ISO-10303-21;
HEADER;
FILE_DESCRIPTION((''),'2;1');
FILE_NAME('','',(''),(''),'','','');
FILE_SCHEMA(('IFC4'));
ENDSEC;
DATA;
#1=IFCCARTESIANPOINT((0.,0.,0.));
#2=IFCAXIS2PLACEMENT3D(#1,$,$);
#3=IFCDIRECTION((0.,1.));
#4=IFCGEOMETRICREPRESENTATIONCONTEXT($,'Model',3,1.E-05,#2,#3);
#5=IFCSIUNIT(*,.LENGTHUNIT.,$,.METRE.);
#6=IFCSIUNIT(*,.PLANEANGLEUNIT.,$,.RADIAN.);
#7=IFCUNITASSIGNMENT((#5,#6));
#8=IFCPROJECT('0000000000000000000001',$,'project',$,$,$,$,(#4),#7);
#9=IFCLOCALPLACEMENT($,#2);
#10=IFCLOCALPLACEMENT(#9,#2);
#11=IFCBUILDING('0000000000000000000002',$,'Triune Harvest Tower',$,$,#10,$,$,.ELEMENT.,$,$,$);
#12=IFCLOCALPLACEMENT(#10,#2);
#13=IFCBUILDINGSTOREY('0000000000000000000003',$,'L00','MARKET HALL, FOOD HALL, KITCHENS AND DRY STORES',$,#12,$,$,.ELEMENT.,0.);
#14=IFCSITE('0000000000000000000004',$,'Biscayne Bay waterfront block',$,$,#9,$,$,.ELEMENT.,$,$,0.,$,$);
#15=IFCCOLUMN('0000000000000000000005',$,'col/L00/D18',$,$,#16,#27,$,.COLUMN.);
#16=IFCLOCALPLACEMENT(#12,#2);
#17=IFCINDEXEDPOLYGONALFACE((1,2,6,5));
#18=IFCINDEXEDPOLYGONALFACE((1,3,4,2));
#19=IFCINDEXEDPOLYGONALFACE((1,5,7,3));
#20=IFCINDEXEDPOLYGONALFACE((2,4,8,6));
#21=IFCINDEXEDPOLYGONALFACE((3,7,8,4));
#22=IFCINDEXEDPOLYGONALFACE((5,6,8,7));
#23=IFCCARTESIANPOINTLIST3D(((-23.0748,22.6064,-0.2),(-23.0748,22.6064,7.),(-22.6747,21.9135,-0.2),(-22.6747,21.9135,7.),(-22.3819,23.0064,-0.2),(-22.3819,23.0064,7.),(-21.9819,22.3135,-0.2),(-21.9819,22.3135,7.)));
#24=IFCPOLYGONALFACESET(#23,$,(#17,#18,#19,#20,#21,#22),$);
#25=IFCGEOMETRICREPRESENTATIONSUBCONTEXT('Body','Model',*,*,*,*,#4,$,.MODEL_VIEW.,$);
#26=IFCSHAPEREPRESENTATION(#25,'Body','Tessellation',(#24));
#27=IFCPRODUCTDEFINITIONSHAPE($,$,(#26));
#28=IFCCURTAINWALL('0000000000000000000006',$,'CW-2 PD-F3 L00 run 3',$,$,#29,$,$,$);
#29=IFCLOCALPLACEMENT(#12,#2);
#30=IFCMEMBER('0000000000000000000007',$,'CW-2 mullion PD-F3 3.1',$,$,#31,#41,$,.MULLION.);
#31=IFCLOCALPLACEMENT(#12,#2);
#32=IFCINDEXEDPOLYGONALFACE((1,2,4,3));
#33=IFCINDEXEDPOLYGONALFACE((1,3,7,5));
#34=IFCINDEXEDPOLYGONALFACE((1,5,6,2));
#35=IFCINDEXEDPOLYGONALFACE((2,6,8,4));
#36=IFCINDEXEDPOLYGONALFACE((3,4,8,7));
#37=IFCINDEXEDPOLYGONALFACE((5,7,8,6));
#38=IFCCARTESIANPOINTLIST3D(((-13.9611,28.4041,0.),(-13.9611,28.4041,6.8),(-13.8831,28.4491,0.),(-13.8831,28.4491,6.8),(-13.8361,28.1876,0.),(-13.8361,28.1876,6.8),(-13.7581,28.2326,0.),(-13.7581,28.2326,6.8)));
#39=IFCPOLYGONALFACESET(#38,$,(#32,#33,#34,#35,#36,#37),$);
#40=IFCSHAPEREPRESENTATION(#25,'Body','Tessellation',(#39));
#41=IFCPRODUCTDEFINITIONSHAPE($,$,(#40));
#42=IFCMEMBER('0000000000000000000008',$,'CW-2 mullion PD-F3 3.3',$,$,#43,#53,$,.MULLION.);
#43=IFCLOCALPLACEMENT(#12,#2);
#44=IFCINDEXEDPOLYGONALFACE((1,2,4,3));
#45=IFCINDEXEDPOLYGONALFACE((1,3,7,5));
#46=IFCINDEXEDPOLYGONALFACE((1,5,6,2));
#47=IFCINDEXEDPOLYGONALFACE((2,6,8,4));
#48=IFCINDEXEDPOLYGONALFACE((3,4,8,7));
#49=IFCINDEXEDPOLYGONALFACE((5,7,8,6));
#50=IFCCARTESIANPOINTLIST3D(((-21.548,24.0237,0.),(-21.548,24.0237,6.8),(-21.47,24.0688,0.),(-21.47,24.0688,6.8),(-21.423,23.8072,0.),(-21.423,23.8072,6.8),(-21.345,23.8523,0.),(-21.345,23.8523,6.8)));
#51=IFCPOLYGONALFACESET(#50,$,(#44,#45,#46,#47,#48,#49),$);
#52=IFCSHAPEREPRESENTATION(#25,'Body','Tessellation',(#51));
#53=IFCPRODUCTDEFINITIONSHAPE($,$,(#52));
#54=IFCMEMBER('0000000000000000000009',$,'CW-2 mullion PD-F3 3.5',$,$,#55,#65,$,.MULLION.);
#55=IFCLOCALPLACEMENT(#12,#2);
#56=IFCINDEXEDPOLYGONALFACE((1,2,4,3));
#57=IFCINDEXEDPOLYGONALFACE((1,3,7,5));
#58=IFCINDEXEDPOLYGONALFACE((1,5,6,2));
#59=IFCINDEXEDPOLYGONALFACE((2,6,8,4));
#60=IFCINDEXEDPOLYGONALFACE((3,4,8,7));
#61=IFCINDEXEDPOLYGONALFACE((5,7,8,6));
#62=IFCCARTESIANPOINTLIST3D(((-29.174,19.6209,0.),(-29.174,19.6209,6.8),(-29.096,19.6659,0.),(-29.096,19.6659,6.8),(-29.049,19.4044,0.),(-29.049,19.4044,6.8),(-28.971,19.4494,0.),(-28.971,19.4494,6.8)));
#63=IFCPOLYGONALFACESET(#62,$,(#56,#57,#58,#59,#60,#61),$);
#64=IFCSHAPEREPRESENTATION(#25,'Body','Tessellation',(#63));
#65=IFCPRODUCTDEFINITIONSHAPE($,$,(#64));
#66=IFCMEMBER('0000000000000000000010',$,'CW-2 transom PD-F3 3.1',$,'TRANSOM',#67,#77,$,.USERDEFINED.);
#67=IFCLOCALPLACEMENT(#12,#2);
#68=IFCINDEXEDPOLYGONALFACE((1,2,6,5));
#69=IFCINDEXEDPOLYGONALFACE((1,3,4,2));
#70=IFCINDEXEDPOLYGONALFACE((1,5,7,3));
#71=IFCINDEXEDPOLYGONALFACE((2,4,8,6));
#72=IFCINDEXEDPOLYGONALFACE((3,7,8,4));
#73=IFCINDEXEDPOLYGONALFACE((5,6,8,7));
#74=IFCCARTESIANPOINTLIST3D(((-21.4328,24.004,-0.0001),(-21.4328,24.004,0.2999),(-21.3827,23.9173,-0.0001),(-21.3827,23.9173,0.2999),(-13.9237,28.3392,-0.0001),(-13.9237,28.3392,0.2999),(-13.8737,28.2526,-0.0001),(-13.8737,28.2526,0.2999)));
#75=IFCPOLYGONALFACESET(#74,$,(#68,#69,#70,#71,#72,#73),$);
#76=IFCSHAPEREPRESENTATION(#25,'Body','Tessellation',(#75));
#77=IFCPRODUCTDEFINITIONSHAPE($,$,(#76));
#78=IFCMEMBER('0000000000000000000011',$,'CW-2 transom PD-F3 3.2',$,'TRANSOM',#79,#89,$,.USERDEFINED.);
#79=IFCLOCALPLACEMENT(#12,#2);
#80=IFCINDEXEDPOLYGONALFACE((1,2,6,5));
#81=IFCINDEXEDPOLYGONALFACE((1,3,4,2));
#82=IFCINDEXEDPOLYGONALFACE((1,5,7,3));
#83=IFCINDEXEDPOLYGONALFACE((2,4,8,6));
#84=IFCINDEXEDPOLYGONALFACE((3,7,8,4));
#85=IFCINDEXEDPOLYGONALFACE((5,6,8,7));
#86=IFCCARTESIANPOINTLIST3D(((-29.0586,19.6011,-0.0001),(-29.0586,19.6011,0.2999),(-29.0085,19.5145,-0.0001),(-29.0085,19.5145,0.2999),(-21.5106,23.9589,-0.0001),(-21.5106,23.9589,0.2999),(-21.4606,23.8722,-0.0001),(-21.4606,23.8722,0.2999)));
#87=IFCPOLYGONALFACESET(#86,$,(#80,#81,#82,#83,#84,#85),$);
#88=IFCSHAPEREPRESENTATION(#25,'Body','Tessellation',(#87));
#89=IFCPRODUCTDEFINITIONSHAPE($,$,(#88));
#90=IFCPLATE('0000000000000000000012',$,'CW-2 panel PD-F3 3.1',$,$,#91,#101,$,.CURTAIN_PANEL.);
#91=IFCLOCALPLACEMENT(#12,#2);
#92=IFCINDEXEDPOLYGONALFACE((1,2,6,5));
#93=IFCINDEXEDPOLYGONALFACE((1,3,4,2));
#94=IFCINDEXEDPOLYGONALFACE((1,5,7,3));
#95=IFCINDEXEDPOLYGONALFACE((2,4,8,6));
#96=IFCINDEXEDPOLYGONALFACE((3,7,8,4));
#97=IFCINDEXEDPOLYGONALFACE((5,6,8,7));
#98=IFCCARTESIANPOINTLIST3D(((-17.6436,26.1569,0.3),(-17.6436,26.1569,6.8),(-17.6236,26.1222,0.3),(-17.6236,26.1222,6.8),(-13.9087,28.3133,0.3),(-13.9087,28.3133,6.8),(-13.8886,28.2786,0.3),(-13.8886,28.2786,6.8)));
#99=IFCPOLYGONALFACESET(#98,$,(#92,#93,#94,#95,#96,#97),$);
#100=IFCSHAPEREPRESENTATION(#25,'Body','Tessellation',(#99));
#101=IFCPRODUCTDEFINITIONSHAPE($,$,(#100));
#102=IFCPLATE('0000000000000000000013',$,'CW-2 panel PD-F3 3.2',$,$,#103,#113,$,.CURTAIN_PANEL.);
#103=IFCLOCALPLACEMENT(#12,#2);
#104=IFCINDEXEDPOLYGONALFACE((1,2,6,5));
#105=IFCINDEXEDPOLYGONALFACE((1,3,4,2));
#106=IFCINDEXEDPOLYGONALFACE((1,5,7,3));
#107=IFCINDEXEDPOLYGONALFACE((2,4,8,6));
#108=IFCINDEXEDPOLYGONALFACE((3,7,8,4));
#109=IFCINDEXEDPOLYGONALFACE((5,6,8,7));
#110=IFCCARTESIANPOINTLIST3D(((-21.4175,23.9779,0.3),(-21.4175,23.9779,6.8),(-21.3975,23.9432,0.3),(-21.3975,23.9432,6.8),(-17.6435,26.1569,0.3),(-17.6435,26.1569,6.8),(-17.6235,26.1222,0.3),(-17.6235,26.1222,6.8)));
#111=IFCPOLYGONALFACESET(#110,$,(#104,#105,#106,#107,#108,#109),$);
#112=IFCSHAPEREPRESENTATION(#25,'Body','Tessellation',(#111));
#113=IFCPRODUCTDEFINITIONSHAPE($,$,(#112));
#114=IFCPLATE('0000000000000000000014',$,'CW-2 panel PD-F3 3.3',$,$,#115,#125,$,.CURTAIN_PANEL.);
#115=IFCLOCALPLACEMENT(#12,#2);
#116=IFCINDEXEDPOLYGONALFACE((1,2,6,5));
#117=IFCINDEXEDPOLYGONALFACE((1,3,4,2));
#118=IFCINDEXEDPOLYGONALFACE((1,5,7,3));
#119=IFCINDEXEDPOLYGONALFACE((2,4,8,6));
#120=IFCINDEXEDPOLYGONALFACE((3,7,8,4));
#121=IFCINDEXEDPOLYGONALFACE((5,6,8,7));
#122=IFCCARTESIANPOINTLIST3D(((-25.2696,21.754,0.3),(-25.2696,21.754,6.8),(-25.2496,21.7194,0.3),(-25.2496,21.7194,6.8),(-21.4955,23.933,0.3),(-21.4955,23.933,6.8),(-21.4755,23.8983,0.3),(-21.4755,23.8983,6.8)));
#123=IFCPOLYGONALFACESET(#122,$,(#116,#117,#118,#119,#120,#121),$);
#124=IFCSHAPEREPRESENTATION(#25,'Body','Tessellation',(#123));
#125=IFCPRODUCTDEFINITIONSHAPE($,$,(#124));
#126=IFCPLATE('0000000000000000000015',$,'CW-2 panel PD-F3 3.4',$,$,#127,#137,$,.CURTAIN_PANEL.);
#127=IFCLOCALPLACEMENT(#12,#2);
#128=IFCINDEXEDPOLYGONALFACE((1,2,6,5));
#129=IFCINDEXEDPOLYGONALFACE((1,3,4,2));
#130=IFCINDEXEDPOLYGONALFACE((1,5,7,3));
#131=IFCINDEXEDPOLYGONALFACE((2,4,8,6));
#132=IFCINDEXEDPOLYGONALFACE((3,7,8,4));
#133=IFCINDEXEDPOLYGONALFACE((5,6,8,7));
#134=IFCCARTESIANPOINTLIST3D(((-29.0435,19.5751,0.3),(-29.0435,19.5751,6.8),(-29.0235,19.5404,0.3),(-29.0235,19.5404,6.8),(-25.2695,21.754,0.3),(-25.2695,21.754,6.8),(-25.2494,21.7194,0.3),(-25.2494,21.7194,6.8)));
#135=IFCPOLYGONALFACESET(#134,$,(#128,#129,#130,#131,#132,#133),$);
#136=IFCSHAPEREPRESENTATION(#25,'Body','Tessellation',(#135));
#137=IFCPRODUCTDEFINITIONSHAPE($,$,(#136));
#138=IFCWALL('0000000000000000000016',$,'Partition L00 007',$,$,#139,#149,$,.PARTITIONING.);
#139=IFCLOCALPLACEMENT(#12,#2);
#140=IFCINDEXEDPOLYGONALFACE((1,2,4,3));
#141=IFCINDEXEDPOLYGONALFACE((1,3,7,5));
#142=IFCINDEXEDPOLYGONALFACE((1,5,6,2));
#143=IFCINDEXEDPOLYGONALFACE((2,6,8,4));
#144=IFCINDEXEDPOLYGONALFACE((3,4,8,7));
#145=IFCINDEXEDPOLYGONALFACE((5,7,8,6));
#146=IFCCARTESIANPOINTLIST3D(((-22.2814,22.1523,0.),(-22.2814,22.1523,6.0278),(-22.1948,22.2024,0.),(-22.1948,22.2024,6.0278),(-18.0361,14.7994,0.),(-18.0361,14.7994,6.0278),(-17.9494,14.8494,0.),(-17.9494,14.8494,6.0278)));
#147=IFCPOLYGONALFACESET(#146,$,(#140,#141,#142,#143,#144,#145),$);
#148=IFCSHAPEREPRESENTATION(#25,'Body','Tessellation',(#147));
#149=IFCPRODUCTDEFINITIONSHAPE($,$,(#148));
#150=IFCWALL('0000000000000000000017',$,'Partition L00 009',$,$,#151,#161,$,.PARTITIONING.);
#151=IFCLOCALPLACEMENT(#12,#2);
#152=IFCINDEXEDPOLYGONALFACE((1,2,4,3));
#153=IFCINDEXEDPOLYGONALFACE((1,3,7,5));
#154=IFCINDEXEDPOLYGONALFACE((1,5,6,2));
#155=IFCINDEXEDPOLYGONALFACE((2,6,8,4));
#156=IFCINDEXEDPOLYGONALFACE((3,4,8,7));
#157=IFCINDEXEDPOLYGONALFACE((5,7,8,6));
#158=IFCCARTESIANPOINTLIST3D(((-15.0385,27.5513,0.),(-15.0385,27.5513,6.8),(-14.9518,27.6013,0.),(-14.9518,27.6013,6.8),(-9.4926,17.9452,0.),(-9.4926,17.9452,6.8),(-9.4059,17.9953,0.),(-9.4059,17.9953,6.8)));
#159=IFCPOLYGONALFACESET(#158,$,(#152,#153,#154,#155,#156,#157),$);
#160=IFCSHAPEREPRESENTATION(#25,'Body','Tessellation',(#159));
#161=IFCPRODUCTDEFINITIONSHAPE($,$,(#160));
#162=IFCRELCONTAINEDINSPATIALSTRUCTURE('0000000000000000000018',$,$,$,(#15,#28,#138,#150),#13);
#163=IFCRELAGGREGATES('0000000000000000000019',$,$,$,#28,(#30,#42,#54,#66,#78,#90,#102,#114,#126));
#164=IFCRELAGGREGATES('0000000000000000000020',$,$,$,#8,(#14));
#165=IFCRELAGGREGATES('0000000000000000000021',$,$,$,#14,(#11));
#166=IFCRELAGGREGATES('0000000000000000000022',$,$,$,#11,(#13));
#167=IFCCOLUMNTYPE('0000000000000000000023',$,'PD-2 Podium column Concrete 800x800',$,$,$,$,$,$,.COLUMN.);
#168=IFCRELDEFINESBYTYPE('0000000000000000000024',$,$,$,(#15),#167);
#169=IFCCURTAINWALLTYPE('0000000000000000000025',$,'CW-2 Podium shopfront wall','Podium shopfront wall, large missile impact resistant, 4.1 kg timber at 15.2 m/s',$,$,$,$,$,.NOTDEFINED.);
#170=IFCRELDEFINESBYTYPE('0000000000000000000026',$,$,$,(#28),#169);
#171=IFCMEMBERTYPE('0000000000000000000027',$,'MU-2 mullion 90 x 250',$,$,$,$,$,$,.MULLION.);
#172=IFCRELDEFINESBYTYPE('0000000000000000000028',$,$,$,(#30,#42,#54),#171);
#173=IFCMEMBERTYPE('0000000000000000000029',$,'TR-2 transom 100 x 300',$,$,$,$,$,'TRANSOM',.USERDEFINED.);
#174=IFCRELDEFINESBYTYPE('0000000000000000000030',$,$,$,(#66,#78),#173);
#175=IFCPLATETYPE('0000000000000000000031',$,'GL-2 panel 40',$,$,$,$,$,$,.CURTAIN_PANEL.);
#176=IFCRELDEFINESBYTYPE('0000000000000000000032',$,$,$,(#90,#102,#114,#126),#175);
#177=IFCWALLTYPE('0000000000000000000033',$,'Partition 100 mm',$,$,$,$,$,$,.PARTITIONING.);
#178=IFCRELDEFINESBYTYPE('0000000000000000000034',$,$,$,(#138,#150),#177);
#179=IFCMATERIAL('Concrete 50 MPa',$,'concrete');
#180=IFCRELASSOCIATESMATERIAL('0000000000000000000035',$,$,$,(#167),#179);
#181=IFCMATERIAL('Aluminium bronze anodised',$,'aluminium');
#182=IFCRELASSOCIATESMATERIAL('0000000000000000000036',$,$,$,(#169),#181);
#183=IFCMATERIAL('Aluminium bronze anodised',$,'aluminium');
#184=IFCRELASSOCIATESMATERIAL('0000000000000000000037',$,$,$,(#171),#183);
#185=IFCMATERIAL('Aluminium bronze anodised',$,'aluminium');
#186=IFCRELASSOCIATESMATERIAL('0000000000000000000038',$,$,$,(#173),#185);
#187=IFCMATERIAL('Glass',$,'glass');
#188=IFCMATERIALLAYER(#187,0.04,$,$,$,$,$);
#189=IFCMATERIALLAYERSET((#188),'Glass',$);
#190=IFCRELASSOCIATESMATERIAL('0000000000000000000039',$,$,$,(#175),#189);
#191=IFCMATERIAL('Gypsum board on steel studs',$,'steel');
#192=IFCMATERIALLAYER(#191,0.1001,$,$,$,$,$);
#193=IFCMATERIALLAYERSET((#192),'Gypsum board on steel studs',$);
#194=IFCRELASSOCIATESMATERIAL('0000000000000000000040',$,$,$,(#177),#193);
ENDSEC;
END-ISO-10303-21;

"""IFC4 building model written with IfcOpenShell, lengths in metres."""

from ifc_helpers import new_model, si_unit, direction, frame, frame_2d, origin, origin_2d, place, context, subcontext, project, spatial, rectangle, extrude, source, transform, mapped, material, layer, layer_set, material_profile, profile_set, type_object, element, aggregate, save


model = new_model("IFC4")

# Units and contexts
model_context = context("Model", 3, precision=1e-05, world=origin(), true_north=direction((0.0, 1.0)))
body_context = subcontext(model_context, "Body", "Model", "MODEL_VIEW")
ifc_project = project(units=[si_unit("LENGTHUNIT", "METRE"), si_unit("PLANEANGLEUNIT", "RADIAN")], contexts=[model_context])

# Site, building, storey
site_placement = place(None, origin())
site = spatial("IfcSite", under=ifc_project, at=site_placement, Name="Biscayne Bay waterfront block", CompositionType="ELEMENT", RefElevation=0.0)
building_placement = place(site_placement, origin())
building = spatial("IfcBuilding", under=site, at=building_placement, Name="Triune Harvest Tower", CompositionType="ELEMENT")
storey_placement = place(building_placement, origin())
storey = spatial("IfcBuildingStorey", under=building, at=storey_placement, Name="L00", Description="MARKET HALL, FOOD HALL, KITCHENS AND DRY STORES", CompositionType="ELEMENT", Elevation=0.0)

# Column
ifc_material_1 = material(Name="Concrete 50 MPa", Category="concrete")
ifc_material_profile_1 = material_profile(ifc_material_1, rectangle(XDim=0.8, YDim=0.8, at=origin_2d()), Name="Concrete 800x800")
ifc_profile_set_1 = profile_set([ifc_material_profile_1], Name="Concrete 50 MPa")
column_type = type_object("IfcColumnType", Name="PD-2 Podium column Concrete 800x800", PredefinedType="COLUMN", material=ifc_profile_set_1)
shared_shape_1 = source(origin(), body_context, "Body", "SweptSolid", [
    extrude(rectangle(XDim=0.8, YDim=0.8, at=origin_2d()), origin(), (0.0, 0.0, 1.0), 7.2),
])
for number, where, z_axis, x_axis, name in (
    (1, (-22.5283, 22.46, -0.2), (0.0, 0.0, 1.0), (-0.866025, -0.5, 0.0), "col/L00/D18"),
):
    element("IfcColumn", number, at=place(storey_placement, frame(where, z_axis=z_axis, x_axis=x_axis)), inside=storey, type_object=column_type, Name=name, PredefinedType="COLUMN", context=body_context, shape_type="MappedRepresentation", body=[
        mapped(shared_shape_1, transform((0.0, 0.0, 0.0), scale=1.0)),
    ])

# Curtain wall, members, plates
ifc_material_2 = material(Name="Aluminium bronze anodised", Category="aluminium")
curtain_wall_type = type_object("IfcCurtainWallType", Name="CW-2 Podium shopfront wall", Description="Podium shopfront wall, large missile impact resistant, 4.1 kg timber at 15.2 m/s", PredefinedType="NOTDEFINED", material=ifc_material_2)
curtain_wall_placement = place(storey_placement, origin())
curtain_wall = element("IfcCurtainWall", 2, at=curtain_wall_placement, inside=storey, type_object=curtain_wall_type, Name="CW-2 PD-F3 L00 run 3")
ifc_material_3 = material(Name="Aluminium bronze anodised", Category="aluminium")
ifc_material_profile_2 = material_profile(ifc_material_3, rectangle(XDim=0.25, YDim=0.0901, at=origin_2d()), Name="MU-2 mullion 90 x 250")
ifc_profile_set_2 = profile_set([ifc_material_profile_2], Name="Aluminium bronze anodised")
member_type_1 = type_object("IfcMemberType", Name="MU-2 mullion 90 x 250", PredefinedType="MULLION", material=ifc_profile_set_2)
shared_shape_2 = source(origin(), body_context, "Body", "SweptSolid", [
    extrude(rectangle(XDim=0.25, YDim=0.0901, at=origin_2d()), origin(), (0.0, 0.0, 1.0), 6.8),
])
member_1_placement = place(storey_placement, frame((-13.8596, 28.3184, 0.0), z_axis=(0.0, 0.0, 1.0), x_axis=(0.5, -0.866025, 0.0)))
member_1 = element("IfcMember", 3, at=member_1_placement, type_object=member_type_1, Name="CW-2 mullion PD-F3 3.1", PredefinedType="MULLION", context=body_context, shape_type="MappedRepresentation", body=[
    mapped(shared_shape_2, transform((0.0, 0.0, 0.0), scale=1.0)),
])
member_2_placement = place(storey_placement, frame((-21.4465, 23.938, 0.0), z_axis=(0.0, 0.0, 1.0), x_axis=(0.5, -0.866025, 0.0)))
member_2 = element("IfcMember", 4, at=member_2_placement, type_object=member_type_1, Name="CW-2 mullion PD-F3 3.3", PredefinedType="MULLION", context=body_context, shape_type="MappedRepresentation", body=[
    mapped(shared_shape_2, transform((0.0, 0.0, 0.0), scale=1.0)),
])
member_3_placement = place(storey_placement, frame((-29.0725, 19.5352, 0.0), z_axis=(0.0, 0.0, 1.0), x_axis=(0.5, -0.866025, 0.0)))
member_3 = element("IfcMember", 5, at=member_3_placement, type_object=member_type_1, Name="CW-2 mullion PD-F3 3.5", PredefinedType="MULLION", context=body_context, shape_type="MappedRepresentation", body=[
    mapped(shared_shape_2, transform((0.0, 0.0, 0.0), scale=1.0)),
])
ifc_material_4 = material(Name="Aluminium bronze anodised", Category="aluminium")
ifc_material_profile_3 = material_profile(ifc_material_4, rectangle(XDim=0.1001, YDim=0.3, at=origin_2d()), Name="TR-2 transom 100 x 300")
ifc_profile_set_3 = profile_set([ifc_material_profile_3], Name="Aluminium bronze anodised")
member_type_2 = type_object("IfcMemberType", Name="TR-2 transom 100 x 300", ElementType="TRANSOM", PredefinedType="USERDEFINED", material=ifc_profile_set_3)
shared_shape_3 = source(origin(), body_context, "Body", "SweptSolid", [
    extrude(rectangle(XDim=0.1001, YDim=0.3, at=origin_2d()), origin(), (0.0, 0.0, 1.0), 8.6707),
])
member_4_placement = place(storey_placement, frame((-13.8987, 28.2959, 0.1499), z_axis=(-0.866032, -0.499988, 0.0), x_axis=(0.499988, -0.866032, 0.0)))
member_4 = element("IfcMember", 6, at=member_4_placement, type_object=member_type_2, Name="CW-2 transom PD-F3 3.1", ObjectType="TRANSOM", PredefinedType="USERDEFINED", context=body_context, shape_type="MappedRepresentation", body=[
    mapped(shared_shape_3, transform((0.0, 0.0, 0.0), scale=1.0)),
])
shared_shape_4 = source(origin(), body_context, "Body", "SweptSolid", [
    extrude(rectangle(XDim=0.1001, YDim=0.3, at=origin_2d()), origin(), (0.0, 0.0, 1.0), 8.7156),
])
member_5_placement = place(storey_placement, frame((-21.4856, 23.9155, 0.1499), z_axis=(-0.86603, -0.499992, 0.0), x_axis=(0.499992, -0.86603, 0.0)))
member_5 = element("IfcMember", 7, at=member_5_placement, type_object=member_type_2, Name="CW-2 transom PD-F3 3.2", ObjectType="TRANSOM", PredefinedType="USERDEFINED", context=body_context, shape_type="MappedRepresentation", body=[
    mapped(shared_shape_4, transform((0.0, 0.0, 0.0), scale=1.0)),
])
ifc_material_5 = material(Name="Glass", Category="glass")
ifc_layer_1 = layer(ifc_material_5, 0.04)
ifc_layer_set_1 = layer_set([ifc_layer_1], Name="Glass")
plate_type = type_object("IfcPlateType", Name="GL-2 panel 40", PredefinedType="CURTAIN_PANEL", material=ifc_layer_set_1)
shared_shape_5 = source(origin(), body_context, "Body", "SweptSolid", [
    extrude(rectangle(XDim=4.3127, YDim=0.04, at=origin_2d()), origin(), (0.0, 0.0, 1.0), 6.5),
])
plate_1_placement = place(storey_placement, frame((-15.7661, 27.2178, 0.3), z_axis=(0.0, 0.0, 1.0), x_axis=(-0.866025, -0.5, 0.0)))
plate_1 = element("IfcPlate", 8, at=plate_1_placement, type_object=plate_type, Name="CW-2 panel PD-F3 3.1", PredefinedType="CURTAIN_PANEL", context=body_context, shape_type="MappedRepresentation", body=[
    mapped(shared_shape_5, transform((0.0, 0.0, 0.0), scale=1.0)),
])
shared_shape_6 = source(origin(), body_context, "Body", "SweptSolid", [
    extrude(rectangle(XDim=4.3579, YDim=0.04, at=origin_2d()), origin(), (0.0, 0.0, 1.0), 6.5),
])
plate_2_placement = place(storey_placement, frame((-19.5205, 25.05, 0.3), z_axis=(0.0, 0.0, 1.0), x_axis=(-0.866025, -0.5, 0.0)))
plate_2 = element("IfcPlate", 9, at=plate_2_placement, type_object=plate_type, Name="CW-2 panel PD-F3 3.2", PredefinedType="CURTAIN_PANEL", context=body_context, shape_type="MappedRepresentation", body=[
    mapped(shared_shape_6, transform((0.0, 0.0, 0.0), scale=1.0)),
])
plate_3_placement = place(storey_placement, frame((-23.3726, 22.8262, 0.3), z_axis=(0.0, 0.0, 1.0), x_axis=(-0.866025, -0.5, 0.0)))
plate_3 = element("IfcPlate", 10, at=plate_3_placement, type_object=plate_type, Name="CW-2 panel PD-F3 3.3", PredefinedType="CURTAIN_PANEL", context=body_context, shape_type="MappedRepresentation", body=[
    mapped(shared_shape_6, transform((0.0, 0.0, 0.0), scale=1.0)),
])
plate_4_placement = place(storey_placement, frame((-27.1465, 20.6472, 0.3), z_axis=(0.0, 0.0, 1.0), x_axis=(-0.866025, -0.5, 0.0)))
plate_4 = element("IfcPlate", 11, at=plate_4_placement, type_object=plate_type, Name="CW-2 panel PD-F3 3.4", PredefinedType="CURTAIN_PANEL", context=body_context, shape_type="MappedRepresentation", body=[
    mapped(shared_shape_6, transform((0.0, 0.0, 0.0), scale=1.0)),
])
aggregate(curtain_wall, [member_1, member_2, member_3, member_4, member_5, plate_1, plate_2, plate_3, plate_4])

# Walls
ifc_material_6 = material(Name="Gypsum board on steel studs", Category="steel")
ifc_layer_2 = layer(ifc_material_6, 0.1001)
ifc_layer_set_2 = layer_set([ifc_layer_2], Name="Gypsum board on steel studs")
wall_type_1 = type_object("IfcWallType", Name="Partition 100 mm", PredefinedType="PARTITIONING", material=ifc_layer_set_2)
wall_1_placement = place(storey_placement, frame((-22.238, 22.1772, 0.0), z_axis=(0.0, 0.0, 1.0), x_axis=(0.500008, -0.866021, 0.0)))
element("IfcWall", 12, at=wall_1_placement, inside=storey, type_object=wall_type_1, Name="Partition L00 007", PredefinedType="PARTITIONING", context=body_context, shape_type="SweptSolid", body=[
    extrude(rectangle(XDim=8.4905, YDim=0.1001, at=frame_2d((4.2451, 0.0))), origin(), (0.0, 0.0, 1.0), 6.0278),
])
wall_2_placement = place(storey_placement, frame((-14.9951, 27.5762, 0.0), z_axis=(0.0, 0.0, 1.0), x_axis=(0.499993, -0.866029, 0.0)))
element("IfcWall", 13, at=wall_2_placement, inside=storey, type_object=wall_type_1, Name="Partition L00 009", PredefinedType="PARTITIONING", context=body_context, shape_type="SweptSolid", body=[
    extrude(rectangle(XDim=11.092, YDim=0.1001, at=frame_2d((5.5459, 0.0))), origin(), (0.0, 0.0, 1.0), 6.8),
])

save(model, "model.ifc")
